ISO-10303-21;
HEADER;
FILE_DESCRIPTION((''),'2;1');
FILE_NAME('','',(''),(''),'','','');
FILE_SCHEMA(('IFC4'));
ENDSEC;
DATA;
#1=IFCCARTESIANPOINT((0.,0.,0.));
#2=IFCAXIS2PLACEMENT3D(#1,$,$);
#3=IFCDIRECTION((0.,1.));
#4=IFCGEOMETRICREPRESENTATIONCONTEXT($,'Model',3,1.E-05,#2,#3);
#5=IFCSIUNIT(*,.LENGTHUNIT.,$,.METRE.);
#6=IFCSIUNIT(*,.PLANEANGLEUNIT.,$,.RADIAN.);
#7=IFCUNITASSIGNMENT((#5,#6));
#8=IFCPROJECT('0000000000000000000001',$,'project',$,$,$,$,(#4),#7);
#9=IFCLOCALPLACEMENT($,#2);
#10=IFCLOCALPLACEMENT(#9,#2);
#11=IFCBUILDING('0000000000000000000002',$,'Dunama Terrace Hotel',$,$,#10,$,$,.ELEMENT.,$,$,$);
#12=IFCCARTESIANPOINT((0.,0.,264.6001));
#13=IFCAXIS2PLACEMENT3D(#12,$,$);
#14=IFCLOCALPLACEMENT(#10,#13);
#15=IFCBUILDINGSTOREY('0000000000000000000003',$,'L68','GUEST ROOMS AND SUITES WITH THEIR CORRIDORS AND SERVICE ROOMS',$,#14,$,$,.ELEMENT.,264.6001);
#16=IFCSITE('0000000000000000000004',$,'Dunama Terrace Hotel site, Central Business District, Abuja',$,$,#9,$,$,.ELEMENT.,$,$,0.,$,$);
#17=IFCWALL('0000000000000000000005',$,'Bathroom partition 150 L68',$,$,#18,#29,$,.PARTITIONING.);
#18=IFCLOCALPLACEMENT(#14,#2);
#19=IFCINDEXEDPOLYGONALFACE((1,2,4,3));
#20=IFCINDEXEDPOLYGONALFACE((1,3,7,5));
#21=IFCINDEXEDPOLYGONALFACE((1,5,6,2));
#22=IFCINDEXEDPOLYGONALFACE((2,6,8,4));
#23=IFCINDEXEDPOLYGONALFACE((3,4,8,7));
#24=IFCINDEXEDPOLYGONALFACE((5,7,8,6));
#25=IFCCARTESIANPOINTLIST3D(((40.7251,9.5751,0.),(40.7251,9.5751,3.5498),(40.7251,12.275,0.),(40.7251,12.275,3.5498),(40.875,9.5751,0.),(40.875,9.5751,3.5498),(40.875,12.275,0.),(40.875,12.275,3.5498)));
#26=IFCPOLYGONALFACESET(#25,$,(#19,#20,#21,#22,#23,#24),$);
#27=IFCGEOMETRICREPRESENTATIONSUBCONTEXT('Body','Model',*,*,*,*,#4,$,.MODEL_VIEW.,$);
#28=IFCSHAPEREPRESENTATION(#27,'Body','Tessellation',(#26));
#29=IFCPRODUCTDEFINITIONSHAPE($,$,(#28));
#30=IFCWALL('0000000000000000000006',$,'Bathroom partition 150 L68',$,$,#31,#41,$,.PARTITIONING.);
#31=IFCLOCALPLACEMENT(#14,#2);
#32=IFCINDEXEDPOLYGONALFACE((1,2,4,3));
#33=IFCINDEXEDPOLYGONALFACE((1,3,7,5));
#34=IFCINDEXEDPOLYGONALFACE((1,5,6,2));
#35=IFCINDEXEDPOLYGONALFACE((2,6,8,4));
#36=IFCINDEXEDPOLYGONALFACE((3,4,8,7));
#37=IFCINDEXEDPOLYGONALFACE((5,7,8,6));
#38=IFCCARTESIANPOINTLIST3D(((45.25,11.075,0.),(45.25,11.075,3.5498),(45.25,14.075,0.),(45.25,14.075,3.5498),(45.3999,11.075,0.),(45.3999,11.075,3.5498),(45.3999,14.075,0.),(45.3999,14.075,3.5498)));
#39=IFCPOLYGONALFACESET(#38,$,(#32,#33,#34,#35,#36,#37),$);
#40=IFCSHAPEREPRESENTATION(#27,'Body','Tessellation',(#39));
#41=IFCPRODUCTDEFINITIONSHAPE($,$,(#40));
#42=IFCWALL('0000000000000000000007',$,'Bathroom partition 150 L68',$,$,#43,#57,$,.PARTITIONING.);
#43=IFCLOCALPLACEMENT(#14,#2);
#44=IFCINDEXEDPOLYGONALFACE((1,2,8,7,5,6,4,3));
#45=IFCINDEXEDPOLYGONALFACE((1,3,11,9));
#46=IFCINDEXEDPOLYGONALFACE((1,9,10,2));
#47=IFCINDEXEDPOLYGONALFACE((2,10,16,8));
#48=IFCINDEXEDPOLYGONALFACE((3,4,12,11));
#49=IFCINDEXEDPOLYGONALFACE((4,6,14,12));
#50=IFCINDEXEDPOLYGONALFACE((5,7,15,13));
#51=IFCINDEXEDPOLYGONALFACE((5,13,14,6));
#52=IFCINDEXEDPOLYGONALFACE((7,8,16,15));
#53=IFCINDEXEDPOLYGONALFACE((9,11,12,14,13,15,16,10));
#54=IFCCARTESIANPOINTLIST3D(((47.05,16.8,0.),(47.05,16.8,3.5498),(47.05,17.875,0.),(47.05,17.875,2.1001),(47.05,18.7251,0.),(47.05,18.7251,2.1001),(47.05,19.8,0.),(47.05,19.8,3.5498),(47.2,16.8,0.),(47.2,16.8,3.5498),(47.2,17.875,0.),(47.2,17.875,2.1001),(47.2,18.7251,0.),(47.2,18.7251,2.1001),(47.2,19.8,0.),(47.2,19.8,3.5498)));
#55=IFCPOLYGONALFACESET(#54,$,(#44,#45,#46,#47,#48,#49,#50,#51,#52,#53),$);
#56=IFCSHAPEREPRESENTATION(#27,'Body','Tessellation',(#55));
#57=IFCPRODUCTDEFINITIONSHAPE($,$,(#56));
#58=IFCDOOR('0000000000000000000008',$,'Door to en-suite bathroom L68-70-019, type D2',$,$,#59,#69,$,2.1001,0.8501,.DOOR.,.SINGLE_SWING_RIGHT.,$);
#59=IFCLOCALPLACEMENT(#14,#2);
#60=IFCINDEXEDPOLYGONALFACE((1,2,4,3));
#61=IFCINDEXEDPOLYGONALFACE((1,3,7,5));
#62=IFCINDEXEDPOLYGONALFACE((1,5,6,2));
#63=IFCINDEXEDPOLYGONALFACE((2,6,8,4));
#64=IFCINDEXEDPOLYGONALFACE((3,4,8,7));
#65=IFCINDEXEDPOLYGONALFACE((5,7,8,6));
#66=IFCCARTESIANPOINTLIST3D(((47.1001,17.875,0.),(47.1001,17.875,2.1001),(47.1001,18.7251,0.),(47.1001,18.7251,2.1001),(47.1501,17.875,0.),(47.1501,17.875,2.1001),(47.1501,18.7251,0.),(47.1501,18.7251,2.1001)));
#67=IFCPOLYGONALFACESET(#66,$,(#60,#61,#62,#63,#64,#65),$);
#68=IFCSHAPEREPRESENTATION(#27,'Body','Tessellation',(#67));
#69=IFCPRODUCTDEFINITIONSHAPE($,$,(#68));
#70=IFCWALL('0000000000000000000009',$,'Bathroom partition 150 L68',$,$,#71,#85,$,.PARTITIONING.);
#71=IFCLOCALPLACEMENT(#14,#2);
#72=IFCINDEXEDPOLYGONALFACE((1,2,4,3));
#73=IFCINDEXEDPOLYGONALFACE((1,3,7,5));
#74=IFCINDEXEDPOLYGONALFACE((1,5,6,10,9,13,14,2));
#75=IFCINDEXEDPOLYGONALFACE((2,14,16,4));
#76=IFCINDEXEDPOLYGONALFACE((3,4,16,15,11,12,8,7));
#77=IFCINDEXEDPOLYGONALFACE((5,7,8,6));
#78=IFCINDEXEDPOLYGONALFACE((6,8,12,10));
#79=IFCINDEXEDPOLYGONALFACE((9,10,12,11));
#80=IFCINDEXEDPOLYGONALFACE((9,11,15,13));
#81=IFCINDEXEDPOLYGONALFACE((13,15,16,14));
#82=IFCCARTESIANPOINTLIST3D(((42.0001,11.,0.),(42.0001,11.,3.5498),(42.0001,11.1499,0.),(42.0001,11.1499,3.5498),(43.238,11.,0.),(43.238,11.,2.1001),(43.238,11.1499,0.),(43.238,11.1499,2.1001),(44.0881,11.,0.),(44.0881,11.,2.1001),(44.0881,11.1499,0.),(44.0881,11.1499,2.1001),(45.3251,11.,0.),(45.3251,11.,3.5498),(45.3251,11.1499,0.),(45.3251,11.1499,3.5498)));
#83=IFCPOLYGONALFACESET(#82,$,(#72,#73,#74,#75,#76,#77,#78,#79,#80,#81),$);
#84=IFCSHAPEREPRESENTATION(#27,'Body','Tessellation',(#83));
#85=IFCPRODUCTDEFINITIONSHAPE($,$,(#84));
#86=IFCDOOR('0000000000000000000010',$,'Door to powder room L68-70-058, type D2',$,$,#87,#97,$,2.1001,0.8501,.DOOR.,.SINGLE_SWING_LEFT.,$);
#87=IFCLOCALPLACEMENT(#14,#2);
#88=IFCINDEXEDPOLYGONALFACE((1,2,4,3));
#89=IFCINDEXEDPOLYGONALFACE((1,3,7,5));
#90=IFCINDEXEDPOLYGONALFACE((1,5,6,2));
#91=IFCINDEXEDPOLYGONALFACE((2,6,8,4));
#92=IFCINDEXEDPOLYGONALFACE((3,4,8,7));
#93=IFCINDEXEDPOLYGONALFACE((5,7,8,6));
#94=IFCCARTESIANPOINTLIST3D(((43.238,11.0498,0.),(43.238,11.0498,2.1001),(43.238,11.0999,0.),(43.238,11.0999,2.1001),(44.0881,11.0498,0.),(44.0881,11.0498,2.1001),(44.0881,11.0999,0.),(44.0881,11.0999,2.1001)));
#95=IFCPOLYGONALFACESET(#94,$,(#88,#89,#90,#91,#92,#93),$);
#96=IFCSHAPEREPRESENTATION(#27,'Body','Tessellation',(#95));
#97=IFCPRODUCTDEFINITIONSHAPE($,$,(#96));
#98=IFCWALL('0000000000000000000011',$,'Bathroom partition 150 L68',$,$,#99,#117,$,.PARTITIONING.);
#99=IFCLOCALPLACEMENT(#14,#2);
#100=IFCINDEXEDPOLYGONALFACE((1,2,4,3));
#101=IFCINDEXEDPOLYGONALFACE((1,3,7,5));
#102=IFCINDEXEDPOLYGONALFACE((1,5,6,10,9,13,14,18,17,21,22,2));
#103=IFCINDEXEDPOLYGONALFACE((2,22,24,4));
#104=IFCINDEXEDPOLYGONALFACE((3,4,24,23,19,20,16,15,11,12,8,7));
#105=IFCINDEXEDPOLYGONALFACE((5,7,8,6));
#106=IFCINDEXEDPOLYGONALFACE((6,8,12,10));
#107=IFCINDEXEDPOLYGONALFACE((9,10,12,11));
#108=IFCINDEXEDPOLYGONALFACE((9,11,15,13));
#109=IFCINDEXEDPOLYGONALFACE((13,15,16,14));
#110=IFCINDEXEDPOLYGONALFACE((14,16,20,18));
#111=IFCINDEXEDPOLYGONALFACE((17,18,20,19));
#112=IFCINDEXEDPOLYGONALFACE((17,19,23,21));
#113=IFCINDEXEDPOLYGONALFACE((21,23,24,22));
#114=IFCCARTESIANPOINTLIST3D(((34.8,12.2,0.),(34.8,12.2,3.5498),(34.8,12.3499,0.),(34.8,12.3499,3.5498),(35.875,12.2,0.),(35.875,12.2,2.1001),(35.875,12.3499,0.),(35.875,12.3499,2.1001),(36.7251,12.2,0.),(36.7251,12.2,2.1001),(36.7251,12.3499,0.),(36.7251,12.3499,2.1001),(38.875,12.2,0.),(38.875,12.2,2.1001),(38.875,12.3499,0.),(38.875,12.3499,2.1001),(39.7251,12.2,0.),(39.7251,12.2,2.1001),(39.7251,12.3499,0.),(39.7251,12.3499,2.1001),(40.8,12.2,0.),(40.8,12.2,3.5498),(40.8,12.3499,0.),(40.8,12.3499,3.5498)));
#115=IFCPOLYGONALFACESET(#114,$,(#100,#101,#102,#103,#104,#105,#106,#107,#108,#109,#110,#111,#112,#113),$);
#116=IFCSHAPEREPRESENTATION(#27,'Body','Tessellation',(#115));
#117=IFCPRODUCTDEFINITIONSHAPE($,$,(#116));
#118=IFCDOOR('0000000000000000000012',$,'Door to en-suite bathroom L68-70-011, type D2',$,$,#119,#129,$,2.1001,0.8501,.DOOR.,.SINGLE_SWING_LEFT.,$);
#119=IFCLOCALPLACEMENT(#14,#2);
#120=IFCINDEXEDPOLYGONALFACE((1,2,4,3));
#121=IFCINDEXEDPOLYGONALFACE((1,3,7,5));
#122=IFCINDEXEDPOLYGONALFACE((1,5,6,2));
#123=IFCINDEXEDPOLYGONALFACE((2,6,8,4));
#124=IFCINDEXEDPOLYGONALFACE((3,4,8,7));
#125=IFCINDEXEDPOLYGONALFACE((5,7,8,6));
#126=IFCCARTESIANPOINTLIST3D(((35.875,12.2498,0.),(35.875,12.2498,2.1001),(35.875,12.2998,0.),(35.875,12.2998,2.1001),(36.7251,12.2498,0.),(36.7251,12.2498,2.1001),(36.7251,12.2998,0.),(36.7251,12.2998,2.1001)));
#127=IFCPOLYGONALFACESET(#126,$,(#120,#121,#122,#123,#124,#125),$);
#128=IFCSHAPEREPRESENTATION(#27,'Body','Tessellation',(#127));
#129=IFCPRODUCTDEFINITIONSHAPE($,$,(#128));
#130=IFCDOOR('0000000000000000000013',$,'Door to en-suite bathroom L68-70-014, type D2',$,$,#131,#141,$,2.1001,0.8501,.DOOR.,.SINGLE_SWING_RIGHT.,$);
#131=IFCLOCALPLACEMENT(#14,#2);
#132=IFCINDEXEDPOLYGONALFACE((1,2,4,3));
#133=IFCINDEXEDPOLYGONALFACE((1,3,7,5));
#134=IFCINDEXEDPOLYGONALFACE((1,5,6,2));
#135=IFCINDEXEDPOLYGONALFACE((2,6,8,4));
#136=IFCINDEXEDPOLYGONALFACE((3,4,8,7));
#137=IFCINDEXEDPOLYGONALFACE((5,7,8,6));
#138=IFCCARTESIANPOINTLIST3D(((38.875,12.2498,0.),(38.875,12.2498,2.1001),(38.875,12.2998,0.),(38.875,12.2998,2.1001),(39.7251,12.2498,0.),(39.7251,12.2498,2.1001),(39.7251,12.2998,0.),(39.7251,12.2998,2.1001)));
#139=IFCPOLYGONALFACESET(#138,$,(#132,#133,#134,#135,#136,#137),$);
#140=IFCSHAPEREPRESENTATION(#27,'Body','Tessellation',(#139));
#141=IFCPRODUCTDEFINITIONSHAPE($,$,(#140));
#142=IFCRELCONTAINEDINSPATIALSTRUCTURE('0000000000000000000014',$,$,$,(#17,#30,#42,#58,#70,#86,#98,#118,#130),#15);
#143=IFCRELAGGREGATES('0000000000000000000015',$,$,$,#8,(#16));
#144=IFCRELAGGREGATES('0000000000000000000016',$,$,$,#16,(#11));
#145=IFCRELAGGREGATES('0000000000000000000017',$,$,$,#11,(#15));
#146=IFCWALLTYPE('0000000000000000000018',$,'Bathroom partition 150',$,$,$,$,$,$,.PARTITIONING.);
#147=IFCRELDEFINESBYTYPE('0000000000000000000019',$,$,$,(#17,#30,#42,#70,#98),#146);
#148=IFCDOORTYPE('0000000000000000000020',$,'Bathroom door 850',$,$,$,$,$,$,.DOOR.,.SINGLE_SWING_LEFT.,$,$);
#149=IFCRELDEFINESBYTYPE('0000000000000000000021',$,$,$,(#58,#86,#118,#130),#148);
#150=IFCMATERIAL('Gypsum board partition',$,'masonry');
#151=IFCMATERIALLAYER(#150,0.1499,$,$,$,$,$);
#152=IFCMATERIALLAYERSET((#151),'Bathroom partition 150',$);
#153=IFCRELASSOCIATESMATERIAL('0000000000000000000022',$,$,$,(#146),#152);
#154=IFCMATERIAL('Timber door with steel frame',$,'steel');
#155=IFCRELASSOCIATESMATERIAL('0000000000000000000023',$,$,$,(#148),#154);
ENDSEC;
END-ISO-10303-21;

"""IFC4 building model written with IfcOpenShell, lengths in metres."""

from ifc_helpers import new_model, si_unit, direction, frame, frame_2d, origin, place, context, subcontext, project, spatial, rectangle, extrude, material, layer, layer_set, type_object, element, fill, save


model = new_model("IFC4")

# Units and contexts
model_context = context("Model", 3, precision=1e-05, world=origin(), true_north=direction((0.0, 1.0)))
body_context = subcontext(model_context, "Body", "Model", "MODEL_VIEW")
ifc_project = project(units=[si_unit("LENGTHUNIT", "METRE"), si_unit("PLANEANGLEUNIT", "RADIAN")], contexts=[model_context])

# Site, building, storey
site_placement = place(None, origin())
site = spatial("IfcSite", under=ifc_project, at=site_placement, Name="Dunama Terrace Hotel site, Central Business District, Abuja", CompositionType="ELEMENT", RefElevation=0.0)
building_placement = place(site_placement, origin())
building = spatial("IfcBuilding", under=site, at=building_placement, Name="Dunama Terrace Hotel", CompositionType="ELEMENT")
storey_placement = place(building_placement, frame((0.0, 0.0, 264.6001)))
storey = spatial("IfcBuildingStorey", under=building, at=storey_placement, Name="L68", Description="GUEST ROOMS AND SUITES WITH THEIR CORRIDORS AND SERVICE ROOMS", CompositionType="ELEMENT", Elevation=264.6001)

# Walls
ifc_material_1 = material(Name="Gypsum board partition", Category="masonry")
ifc_layer_1 = layer(ifc_material_1, 0.1499)
ifc_layer_set_1 = layer_set([ifc_layer_1], Name="Bathroom partition 150")
wall_type_1 = type_object("IfcWallType", Name="Bathroom partition 150", PredefinedType="PARTITIONING", material=ifc_layer_set_1)
wall_1_placement = place(storey_placement, frame((40.8, 9.575, 0.0), z_axis=(0.0, 0.0, 1.0), x_axis=(0.0, 1.0, 0.0)))
element("IfcWall", 1, at=wall_1_placement, inside=storey, type_object=wall_type_1, Name="Bathroom partition 150 L68", PredefinedType="PARTITIONING", context=body_context, shape_type="SweptSolid", body=[
    extrude(rectangle(XDim=2.7, YDim=0.1499, at=frame_2d((1.3501, 0.0))), origin(), (0.0, 0.0, 1.0), 3.5498),
])
wall_2_placement = place(storey_placement, frame((45.325, 11.075, 0.0), z_axis=(0.0, 0.0, 1.0), x_axis=(0.0, 1.0, 0.0)))
element("IfcWall", 2, at=wall_2_placement, inside=storey, type_object=wall_type_1, Name="Bathroom partition 150 L68", PredefinedType="PARTITIONING", context=body_context, shape_type="SweptSolid", body=[
    extrude(rectangle(XDim=3.0, YDim=0.1499, at=frame_2d((1.5, 0.0))), origin(), (0.0, 0.0, 1.0), 3.5498),
])

# Walls, openings, doors
wall_3_placement = place(storey_placement, frame((47.125, 16.8, 0.0), z_axis=(0.0, 0.0, 1.0), x_axis=(0.0, 1.0, 0.0)))
wall_3 = element("IfcWall", 3, at=wall_3_placement, inside=storey, type_object=wall_type_1, Name="Bathroom partition 150 L68", PredefinedType="PARTITIONING", context=body_context, shape_type="SweptSolid", body=[
    extrude(rectangle(XDim=3.0, YDim=0.1499, at=frame_2d((1.5, 0.0))), origin(), (0.0, 0.0, 1.0), 3.5498),
])
opening_1_placement = place(wall_3_placement, frame((1.075, 0.0, 0.0)))
opening_1 = element("IfcOpeningElement", 4, at=opening_1_placement, cuts=wall_3, PredefinedType="OPENING", context=body_context, shape_type="SweptSolid", body=[
    extrude(rectangle(XDim=0.8501, YDim=2.1001, at=frame_2d((0.425, 1.05))), frame((0.0, 0.085, 0.0), z_axis=(0.0, -1.0, 0.0), x_axis=(1.0, 0.0, 0.0)), (0.0, 0.0, 1.0), 0.1699),
])
ifc_material_2 = material(Name="Timber door with steel frame", Category="steel")
door_type_1 = type_object("IfcDoorType", Name="Bathroom door 850", OperationType="SINGLE_SWING_LEFT", PredefinedType="DOOR", material=ifc_material_2)
door_1_placement = place(opening_1_placement, frame((0.8501, 0.0, 0.0), z_axis=(0.0, 0.0, 1.0), x_axis=(-1.0, 0.0, 0.0)))
door_1 = element("IfcDoor", 5, at=door_1_placement, inside=storey, type_object=door_type_1, Name="Door to en-suite bathroom L68-70-019, type D2", OperationType="SINGLE_SWING_RIGHT", OverallHeight=2.1001, OverallWidth=0.8501, PredefinedType="DOOR", context=body_context, shape_type="SweptSolid", body=[
    extrude(rectangle(XDim=0.8501, YDim=2.1001, at=frame_2d((0.425, 1.05))), frame((0.0, 0.0251, 0.0), z_axis=(0.0, -1.0, 0.0), x_axis=(1.0, 0.0, 0.0)), (0.0, 0.0, 1.0), 0.05),
])
fill(opening_1, door_1)
wall_4_placement = place(storey_placement, frame((42.0, 11.075, 0.0), z_axis=(0.0, 0.0, 1.0), x_axis=(1.0, 0.0, 0.0)))
wall_4 = element("IfcWall", 6, at=wall_4_placement, inside=storey, type_object=wall_type_1, Name="Bathroom partition 150 L68", PredefinedType="PARTITIONING", context=body_context, shape_type="SweptSolid", body=[
    extrude(rectangle(XDim=3.325, YDim=0.1499, at=frame_2d((1.6626, 0.0))), origin(), (0.0, 0.0, 1.0), 3.5498),
])
opening_2_placement = place(wall_4_placement, frame((1.238, 0.0, 0.0)))
opening_2 = element("IfcOpeningElement", 7, at=opening_2_placement, cuts=wall_4, PredefinedType="OPENING", context=body_context, shape_type="SweptSolid", body=[
    extrude(rectangle(XDim=0.8501, YDim=2.1001, at=frame_2d((0.425, 1.05))), frame((0.0, 0.085, 0.0), z_axis=(0.0, -1.0, 0.0), x_axis=(1.0, 0.0, 0.0)), (0.0, 0.0, 1.0), 0.1699),
])
door_2_placement = place(opening_2_placement, origin())
door_2 = element("IfcDoor", 8, at=door_2_placement, inside=storey, type_object=door_type_1, Name="Door to powder room L68-70-058, type D2", OperationType="SINGLE_SWING_LEFT", OverallHeight=2.1001, OverallWidth=0.8501, PredefinedType="DOOR", context=body_context, shape_type="SweptSolid", body=[
    extrude(rectangle(XDim=0.8501, YDim=2.1001, at=frame_2d((0.425, 1.05))), frame((0.0, 0.0249, 0.0), z_axis=(0.0, -1.0, 0.0), x_axis=(1.0, 0.0, 0.0)), (0.0, 0.0, 1.0), 0.05),
])
fill(opening_2, door_2)

# Wall, openings, doors
wall_5_placement = place(storey_placement, frame((34.8, 12.2749, 0.0), z_axis=(0.0, 0.0, 1.0), x_axis=(1.0, 0.0, 0.0)))
wall_5 = element("IfcWall", 9, at=wall_5_placement, inside=storey, type_object=wall_type_1, Name="Bathroom partition 150 L68", PredefinedType="PARTITIONING", context=body_context, shape_type="SweptSolid", body=[
    extrude(rectangle(XDim=6.0, YDim=0.1499, at=frame_2d((3.0, 0.0))), origin(), (0.0, 0.0, 1.0), 3.5498),
])
opening_3_placement = place(wall_5_placement, frame((1.075, 0.0, 0.0)))
opening_3 = element("IfcOpeningElement", 10, at=opening_3_placement, cuts=wall_5, PredefinedType="OPENING", context=body_context, shape_type="SweptSolid", body=[
    extrude(rectangle(XDim=0.8501, YDim=2.1001, at=frame_2d((0.425, 1.05))), frame((0.0, 0.085, 0.0), z_axis=(0.0, -1.0, 0.0), x_axis=(1.0, 0.0, 0.0)), (0.0, 0.0, 1.0), 0.1699),
])
opening_4_placement = place(wall_5_placement, frame((4.075, 0.0, 0.0)))
opening_4 = element("IfcOpeningElement", 11, at=opening_4_placement, cuts=wall_5, PredefinedType="OPENING", context=body_context, shape_type="SweptSolid", body=[
    extrude(rectangle(XDim=0.8501, YDim=2.1001, at=frame_2d((0.425, 1.05))), frame((0.0, 0.085, 0.0), z_axis=(0.0, -1.0, 0.0), x_axis=(1.0, 0.0, 0.0)), (0.0, 0.0, 1.0), 0.1699),
])
door_3_placement = place(opening_3_placement, frame((0.8501, 0.0, 0.0), z_axis=(0.0, 0.0, 1.0), x_axis=(-1.0, 0.0, 0.0)))
door_3 = element("IfcDoor", 12, at=door_3_placement, inside=storey, type_object=door_type_1, Name="Door to en-suite bathroom L68-70-011, type D2", OperationType="SINGLE_SWING_LEFT", OverallHeight=2.1001, OverallWidth=0.8501, PredefinedType="DOOR", context=body_context, shape_type="SweptSolid", body=[
    extrude(rectangle(XDim=0.8501, YDim=2.1001, at=frame_2d((0.425, 1.05))), frame((0.0, 0.0251, 0.0), z_axis=(0.0, -1.0, 0.0), x_axis=(1.0, 0.0, 0.0)), (0.0, 0.0, 1.0), 0.05),
])
fill(opening_3, door_3)
door_4_placement = place(opening_4_placement, frame((0.8501, 0.0, 0.0), z_axis=(0.0, 0.0, 1.0), x_axis=(-1.0, 0.0, 0.0)))
door_4 = element("IfcDoor", 13, at=door_4_placement, inside=storey, type_object=door_type_1, Name="Door to en-suite bathroom L68-70-014, type D2", OperationType="SINGLE_SWING_RIGHT", OverallHeight=2.1001, OverallWidth=0.8501, PredefinedType="DOOR", context=body_context, shape_type="SweptSolid", body=[
    extrude(rectangle(XDim=0.8501, YDim=2.1001, at=frame_2d((0.425, 1.05))), frame((0.0, 0.0251, 0.0), z_axis=(0.0, -1.0, 0.0), x_axis=(1.0, 0.0, 0.0)), (0.0, 0.0, 1.0), 0.05),
])
fill(opening_4, door_4)

save(model, "model.ifc")
